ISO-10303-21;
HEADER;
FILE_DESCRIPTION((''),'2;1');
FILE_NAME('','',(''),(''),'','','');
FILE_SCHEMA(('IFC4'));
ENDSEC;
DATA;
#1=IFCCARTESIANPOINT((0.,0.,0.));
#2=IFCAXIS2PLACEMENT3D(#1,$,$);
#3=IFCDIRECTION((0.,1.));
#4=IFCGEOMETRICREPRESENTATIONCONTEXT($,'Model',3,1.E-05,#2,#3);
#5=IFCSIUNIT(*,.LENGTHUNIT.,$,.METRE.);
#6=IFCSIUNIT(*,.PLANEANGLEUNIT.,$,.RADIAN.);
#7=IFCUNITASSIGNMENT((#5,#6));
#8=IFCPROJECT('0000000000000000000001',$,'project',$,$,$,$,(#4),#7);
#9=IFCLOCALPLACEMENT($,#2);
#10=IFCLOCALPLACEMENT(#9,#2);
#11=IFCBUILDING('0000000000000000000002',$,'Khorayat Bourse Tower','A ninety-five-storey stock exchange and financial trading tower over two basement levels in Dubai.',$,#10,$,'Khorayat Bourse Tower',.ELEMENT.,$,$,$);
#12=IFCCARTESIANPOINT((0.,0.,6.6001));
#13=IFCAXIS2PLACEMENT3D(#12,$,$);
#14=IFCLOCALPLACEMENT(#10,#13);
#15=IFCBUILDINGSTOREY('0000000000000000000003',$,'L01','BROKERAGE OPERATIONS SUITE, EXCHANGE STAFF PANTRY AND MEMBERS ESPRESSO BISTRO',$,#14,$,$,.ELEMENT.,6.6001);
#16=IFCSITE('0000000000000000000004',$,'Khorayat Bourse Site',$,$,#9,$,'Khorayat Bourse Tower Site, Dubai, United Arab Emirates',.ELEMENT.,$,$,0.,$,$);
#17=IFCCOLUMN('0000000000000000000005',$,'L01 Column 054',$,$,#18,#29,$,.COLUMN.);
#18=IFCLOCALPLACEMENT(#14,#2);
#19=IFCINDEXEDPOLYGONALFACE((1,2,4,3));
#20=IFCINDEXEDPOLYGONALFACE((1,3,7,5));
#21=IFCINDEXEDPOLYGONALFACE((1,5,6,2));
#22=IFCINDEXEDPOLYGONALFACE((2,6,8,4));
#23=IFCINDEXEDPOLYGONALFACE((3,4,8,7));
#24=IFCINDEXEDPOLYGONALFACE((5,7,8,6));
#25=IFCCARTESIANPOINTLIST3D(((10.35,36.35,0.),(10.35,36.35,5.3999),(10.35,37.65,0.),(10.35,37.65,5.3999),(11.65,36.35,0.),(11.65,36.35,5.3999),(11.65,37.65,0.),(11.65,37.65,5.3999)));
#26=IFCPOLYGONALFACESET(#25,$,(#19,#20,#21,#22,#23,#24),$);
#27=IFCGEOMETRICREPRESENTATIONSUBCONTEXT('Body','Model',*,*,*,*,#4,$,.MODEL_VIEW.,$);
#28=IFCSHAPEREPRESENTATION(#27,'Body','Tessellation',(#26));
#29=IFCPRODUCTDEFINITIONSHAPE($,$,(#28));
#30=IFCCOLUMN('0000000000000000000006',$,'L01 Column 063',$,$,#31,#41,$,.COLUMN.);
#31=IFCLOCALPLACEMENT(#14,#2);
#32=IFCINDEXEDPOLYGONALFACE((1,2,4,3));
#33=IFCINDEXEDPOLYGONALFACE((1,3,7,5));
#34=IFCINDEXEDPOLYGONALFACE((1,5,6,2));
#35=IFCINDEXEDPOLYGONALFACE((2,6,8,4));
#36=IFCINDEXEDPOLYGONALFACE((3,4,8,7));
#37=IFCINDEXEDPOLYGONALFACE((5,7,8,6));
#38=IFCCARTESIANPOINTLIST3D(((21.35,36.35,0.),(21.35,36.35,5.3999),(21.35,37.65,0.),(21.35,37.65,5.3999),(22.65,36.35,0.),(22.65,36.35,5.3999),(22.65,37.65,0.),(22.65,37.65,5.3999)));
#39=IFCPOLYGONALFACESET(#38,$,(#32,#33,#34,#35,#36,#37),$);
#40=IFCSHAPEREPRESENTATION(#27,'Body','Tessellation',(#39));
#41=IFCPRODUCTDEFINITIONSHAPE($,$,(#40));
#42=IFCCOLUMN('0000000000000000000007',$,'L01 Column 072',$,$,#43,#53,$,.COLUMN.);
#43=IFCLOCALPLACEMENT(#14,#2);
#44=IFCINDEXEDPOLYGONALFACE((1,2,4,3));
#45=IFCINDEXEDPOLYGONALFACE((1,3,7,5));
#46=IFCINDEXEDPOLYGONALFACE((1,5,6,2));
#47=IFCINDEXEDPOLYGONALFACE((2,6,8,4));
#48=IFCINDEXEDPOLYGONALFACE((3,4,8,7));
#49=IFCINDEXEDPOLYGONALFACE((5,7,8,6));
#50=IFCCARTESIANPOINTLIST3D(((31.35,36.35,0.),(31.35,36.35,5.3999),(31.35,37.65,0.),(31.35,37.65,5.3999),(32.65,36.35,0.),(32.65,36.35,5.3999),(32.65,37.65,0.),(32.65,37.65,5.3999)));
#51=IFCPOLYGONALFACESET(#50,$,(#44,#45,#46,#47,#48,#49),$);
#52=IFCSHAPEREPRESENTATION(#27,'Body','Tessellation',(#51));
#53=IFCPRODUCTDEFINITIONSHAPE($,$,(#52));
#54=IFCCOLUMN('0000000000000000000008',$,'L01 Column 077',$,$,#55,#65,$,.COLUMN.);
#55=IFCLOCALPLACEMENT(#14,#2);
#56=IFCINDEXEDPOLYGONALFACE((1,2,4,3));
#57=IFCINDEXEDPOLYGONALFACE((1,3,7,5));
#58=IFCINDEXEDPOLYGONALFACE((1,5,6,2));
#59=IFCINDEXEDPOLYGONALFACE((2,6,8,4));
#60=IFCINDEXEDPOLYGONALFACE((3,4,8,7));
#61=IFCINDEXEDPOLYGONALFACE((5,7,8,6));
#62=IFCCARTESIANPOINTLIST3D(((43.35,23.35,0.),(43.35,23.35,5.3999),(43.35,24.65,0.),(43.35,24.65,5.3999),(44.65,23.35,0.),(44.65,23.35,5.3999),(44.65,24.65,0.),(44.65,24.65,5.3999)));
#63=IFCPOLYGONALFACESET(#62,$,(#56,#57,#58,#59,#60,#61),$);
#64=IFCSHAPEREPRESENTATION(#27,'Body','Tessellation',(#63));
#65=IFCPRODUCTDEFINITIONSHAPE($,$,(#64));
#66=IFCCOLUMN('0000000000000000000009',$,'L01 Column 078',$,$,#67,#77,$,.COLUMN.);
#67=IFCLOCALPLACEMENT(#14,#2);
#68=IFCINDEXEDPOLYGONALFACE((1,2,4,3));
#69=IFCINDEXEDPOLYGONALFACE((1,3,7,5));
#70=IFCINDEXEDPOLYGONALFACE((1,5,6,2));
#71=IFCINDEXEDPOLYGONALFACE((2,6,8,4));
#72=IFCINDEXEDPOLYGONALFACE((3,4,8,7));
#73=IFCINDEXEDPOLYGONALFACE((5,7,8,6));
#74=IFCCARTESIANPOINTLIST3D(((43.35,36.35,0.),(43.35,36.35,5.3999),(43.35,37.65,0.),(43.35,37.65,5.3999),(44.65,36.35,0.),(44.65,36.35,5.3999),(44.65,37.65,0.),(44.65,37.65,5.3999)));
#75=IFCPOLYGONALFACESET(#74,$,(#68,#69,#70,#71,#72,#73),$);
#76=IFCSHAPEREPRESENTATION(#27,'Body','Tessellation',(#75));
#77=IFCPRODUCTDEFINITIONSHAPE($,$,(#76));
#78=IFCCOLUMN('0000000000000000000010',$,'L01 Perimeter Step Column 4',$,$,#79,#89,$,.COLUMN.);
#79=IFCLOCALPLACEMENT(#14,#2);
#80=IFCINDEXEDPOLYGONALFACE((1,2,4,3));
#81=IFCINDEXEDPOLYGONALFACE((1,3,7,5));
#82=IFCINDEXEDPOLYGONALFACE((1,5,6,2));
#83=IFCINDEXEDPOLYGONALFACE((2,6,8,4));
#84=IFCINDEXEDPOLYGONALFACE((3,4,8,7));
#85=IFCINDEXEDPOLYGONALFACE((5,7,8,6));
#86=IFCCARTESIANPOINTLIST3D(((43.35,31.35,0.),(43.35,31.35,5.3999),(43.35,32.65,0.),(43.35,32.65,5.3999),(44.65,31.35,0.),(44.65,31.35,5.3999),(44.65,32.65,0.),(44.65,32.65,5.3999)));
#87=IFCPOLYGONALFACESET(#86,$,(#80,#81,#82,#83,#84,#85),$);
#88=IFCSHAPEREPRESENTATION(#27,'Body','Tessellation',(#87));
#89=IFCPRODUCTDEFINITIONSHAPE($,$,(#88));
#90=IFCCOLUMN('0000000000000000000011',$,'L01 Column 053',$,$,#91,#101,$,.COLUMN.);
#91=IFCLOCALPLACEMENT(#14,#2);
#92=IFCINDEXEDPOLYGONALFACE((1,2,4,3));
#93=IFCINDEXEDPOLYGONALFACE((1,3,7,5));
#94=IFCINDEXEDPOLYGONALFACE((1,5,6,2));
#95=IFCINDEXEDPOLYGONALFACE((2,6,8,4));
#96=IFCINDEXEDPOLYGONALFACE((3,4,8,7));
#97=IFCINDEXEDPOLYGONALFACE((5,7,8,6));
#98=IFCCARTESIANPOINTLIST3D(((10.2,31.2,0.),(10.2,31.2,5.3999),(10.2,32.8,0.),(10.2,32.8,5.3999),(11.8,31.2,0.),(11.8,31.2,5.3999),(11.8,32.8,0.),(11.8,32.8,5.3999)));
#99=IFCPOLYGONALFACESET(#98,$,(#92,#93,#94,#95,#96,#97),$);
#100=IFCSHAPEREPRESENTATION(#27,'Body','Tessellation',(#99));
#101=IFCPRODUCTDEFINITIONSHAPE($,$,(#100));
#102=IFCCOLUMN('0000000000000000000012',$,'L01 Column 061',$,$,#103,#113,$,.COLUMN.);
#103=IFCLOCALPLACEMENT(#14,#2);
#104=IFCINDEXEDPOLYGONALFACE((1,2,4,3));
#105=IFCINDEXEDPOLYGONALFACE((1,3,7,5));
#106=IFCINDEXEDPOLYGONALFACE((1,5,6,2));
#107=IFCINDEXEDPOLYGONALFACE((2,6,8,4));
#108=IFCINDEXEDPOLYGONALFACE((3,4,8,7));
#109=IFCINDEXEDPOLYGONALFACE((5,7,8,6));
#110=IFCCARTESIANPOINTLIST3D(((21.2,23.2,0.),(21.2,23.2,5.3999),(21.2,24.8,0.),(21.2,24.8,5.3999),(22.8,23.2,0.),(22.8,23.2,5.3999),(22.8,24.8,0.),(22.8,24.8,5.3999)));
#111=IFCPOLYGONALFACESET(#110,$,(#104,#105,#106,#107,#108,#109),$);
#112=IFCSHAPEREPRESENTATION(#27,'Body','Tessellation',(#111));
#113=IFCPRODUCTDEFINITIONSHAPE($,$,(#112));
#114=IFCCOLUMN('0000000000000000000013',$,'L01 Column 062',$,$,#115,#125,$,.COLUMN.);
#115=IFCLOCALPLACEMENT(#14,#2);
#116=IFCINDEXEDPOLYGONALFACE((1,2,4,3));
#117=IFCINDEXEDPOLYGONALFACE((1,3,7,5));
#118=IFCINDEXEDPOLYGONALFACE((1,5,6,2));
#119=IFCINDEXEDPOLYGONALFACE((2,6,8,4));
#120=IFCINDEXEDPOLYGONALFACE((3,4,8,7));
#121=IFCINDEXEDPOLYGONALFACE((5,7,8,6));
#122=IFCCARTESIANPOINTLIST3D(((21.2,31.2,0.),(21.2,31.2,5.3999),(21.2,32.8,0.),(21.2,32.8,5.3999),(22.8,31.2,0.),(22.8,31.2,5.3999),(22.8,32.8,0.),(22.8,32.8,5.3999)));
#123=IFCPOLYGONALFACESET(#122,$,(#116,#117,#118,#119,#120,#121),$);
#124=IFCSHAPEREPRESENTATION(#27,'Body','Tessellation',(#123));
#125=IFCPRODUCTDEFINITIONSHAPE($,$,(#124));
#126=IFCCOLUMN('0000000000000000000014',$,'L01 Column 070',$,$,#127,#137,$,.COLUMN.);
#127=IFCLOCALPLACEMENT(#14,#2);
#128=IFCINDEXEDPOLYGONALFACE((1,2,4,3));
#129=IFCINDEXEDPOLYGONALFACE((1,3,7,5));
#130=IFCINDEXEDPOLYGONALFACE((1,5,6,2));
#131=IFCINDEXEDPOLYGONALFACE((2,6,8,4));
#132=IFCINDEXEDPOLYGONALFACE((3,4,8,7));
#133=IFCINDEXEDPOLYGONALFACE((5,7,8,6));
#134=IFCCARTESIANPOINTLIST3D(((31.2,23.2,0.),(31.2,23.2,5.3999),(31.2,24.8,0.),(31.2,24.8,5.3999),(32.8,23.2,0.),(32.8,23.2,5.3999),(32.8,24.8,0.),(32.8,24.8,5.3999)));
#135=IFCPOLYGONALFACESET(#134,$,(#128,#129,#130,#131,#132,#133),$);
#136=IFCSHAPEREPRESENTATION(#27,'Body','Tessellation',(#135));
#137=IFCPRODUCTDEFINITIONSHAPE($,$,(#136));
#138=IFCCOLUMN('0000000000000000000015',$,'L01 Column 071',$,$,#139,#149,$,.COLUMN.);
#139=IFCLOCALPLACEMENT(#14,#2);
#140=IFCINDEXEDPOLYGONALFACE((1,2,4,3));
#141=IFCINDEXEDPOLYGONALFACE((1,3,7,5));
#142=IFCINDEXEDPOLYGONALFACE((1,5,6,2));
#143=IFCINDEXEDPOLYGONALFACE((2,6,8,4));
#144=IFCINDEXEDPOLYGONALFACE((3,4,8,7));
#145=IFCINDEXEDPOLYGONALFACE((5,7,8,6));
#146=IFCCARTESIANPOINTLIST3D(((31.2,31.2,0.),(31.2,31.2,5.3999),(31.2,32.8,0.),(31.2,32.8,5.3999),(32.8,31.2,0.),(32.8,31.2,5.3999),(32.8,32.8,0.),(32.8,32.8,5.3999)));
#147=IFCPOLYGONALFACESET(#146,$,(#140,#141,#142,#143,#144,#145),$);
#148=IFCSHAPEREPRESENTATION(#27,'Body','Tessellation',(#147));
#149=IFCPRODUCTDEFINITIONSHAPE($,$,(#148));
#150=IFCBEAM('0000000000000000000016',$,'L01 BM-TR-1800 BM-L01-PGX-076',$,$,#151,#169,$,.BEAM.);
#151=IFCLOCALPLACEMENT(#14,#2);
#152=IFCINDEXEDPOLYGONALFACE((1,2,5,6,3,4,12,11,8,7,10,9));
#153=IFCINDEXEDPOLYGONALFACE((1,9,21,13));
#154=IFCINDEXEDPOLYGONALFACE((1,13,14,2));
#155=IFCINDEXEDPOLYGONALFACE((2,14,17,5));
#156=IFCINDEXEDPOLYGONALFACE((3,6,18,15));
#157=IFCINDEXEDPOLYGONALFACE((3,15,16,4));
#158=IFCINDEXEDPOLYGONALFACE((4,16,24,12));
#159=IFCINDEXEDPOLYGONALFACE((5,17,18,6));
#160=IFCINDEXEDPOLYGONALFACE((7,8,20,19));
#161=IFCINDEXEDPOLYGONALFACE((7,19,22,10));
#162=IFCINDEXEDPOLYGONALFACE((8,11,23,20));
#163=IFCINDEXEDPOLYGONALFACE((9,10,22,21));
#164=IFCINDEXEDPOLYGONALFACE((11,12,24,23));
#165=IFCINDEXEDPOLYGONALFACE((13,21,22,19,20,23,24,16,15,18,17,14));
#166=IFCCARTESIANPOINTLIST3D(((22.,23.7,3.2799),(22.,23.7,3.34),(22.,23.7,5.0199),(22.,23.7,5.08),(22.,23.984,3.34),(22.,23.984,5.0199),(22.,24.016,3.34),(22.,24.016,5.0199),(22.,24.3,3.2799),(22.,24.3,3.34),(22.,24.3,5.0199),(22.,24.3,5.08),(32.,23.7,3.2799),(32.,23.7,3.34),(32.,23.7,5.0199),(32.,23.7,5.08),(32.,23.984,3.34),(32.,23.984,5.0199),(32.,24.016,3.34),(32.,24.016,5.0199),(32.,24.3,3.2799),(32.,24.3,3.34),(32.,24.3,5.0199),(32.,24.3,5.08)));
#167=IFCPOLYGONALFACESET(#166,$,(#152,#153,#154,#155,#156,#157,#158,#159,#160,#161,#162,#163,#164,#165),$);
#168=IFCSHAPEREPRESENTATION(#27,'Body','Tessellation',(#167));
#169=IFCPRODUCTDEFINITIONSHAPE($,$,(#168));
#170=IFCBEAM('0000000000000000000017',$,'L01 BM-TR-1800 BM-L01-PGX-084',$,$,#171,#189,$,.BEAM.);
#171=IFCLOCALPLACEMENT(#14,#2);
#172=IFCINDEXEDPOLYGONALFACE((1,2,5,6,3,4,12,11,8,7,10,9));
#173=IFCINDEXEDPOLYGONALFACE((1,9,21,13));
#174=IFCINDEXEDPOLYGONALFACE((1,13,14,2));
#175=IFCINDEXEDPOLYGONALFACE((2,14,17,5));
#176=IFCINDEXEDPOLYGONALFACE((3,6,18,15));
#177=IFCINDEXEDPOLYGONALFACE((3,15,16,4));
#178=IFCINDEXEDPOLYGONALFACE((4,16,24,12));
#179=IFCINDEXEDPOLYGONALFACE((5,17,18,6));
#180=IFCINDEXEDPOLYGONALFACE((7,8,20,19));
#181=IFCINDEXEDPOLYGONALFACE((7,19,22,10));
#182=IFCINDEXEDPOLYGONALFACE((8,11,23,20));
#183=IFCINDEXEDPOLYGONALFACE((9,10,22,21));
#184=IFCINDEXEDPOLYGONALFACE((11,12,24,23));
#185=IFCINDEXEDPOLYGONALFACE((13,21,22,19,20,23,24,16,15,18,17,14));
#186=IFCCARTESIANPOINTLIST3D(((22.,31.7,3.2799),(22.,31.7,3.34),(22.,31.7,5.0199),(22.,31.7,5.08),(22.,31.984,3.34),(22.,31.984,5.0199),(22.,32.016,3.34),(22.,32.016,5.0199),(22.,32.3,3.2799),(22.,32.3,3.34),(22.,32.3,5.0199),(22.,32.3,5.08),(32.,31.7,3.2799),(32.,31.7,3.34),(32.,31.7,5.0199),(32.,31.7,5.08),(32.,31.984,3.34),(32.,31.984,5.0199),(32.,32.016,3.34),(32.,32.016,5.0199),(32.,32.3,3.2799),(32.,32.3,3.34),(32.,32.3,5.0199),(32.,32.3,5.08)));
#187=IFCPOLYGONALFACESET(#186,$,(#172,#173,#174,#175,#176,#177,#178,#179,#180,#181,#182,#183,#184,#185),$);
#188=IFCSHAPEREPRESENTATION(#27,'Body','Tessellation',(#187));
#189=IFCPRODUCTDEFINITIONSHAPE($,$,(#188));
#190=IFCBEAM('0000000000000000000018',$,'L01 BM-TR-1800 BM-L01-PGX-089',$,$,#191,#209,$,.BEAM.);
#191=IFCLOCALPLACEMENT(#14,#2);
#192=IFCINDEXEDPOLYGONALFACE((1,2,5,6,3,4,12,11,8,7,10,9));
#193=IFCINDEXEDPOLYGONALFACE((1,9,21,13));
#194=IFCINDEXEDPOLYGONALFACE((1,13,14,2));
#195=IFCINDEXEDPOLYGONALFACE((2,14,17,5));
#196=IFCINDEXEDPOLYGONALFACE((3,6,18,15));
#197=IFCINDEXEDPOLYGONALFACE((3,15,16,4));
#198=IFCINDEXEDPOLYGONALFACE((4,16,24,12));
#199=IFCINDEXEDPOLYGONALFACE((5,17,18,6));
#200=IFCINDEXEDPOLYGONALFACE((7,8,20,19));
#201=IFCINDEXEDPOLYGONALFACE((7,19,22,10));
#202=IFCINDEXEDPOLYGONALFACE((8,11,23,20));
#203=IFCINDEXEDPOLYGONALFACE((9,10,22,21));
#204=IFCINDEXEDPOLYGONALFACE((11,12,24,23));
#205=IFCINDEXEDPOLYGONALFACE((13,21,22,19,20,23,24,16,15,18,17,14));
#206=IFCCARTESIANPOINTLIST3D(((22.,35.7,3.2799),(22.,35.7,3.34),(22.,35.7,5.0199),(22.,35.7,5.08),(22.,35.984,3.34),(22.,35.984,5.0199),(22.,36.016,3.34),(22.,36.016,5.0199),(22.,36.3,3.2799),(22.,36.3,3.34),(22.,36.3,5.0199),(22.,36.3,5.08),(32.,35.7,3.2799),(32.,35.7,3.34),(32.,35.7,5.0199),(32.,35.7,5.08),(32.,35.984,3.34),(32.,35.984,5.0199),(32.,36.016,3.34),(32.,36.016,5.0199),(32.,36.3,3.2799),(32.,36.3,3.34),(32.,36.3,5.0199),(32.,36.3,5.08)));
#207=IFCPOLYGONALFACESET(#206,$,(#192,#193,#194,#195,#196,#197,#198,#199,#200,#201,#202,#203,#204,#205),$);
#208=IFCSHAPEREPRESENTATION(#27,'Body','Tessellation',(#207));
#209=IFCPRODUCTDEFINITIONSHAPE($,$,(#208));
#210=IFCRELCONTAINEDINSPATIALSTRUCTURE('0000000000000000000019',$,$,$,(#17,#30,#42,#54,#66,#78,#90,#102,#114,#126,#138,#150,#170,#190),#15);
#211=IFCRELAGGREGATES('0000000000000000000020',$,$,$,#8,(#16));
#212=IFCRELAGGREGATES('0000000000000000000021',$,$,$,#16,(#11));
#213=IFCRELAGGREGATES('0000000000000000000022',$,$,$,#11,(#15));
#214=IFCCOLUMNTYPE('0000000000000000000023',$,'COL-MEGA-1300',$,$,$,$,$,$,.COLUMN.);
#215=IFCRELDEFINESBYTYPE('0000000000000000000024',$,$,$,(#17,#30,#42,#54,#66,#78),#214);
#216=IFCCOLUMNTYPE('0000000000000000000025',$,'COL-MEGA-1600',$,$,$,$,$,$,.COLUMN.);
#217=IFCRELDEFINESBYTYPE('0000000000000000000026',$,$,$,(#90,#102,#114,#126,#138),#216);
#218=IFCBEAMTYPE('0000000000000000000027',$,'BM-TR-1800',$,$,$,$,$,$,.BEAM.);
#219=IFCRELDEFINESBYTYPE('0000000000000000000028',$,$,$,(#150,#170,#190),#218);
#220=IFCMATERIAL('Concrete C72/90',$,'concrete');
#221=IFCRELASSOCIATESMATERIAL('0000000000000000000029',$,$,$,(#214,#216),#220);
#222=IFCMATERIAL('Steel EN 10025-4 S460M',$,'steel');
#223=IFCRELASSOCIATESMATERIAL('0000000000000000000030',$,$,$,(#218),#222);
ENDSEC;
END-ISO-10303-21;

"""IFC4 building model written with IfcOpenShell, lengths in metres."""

from ifc_helpers import new_model, si_unit, direction, frame, origin, origin_2d, place, context, subcontext, project, spatial, rectangle, i_section, extrude, source, transform, mapped, material, material_profile, profile_set, type_object, element, save


model = new_model("IFC4")

# Units and contexts
model_context = context("Model", 3, precision=1e-05, world=origin(), true_north=direction((0.0, 1.0)))
body_context = subcontext(model_context, "Body", "Model", "MODEL_VIEW")
ifc_project = project(units=[si_unit("LENGTHUNIT", "METRE"), si_unit("PLANEANGLEUNIT", "RADIAN")], contexts=[model_context])

# Site, building, storey
site_placement = place(None, origin())
site = spatial("IfcSite", under=ifc_project, at=site_placement, Name="Khorayat Bourse Site", LongName="Khorayat Bourse Tower Site, Dubai, United Arab Emirates", CompositionType="ELEMENT", RefElevation=0.0)
building_placement = place(site_placement, origin())
building = spatial("IfcBuilding", under=site, at=building_placement, Name="Khorayat Bourse Tower", Description="A ninety-five-storey stock exchange and financial trading tower over two basement levels in Dubai.", LongName="Khorayat Bourse Tower", CompositionType="ELEMENT")
storey_placement = place(building_placement, frame((0.0, 0.0, 6.6001)))
storey = spatial("IfcBuildingStorey", under=building, at=storey_placement, Name="L01", Description="BROKERAGE OPERATIONS SUITE, EXCHANGE STAFF PANTRY AND MEMBERS ESPRESSO BISTRO", CompositionType="ELEMENT", Elevation=6.6001)

# Columns
ifc_material_1 = material(Name="Concrete C72/90", Category="concrete")
ifc_material_profile_1 = material_profile(ifc_material_1, rectangle(XDim=1.3, YDim=1.3, at=origin_2d()), Name="RC 1300x1300")
ifc_profile_set_1 = profile_set([ifc_material_profile_1], Name="Concrete C72/90")
column_type_1 = type_object("IfcColumnType", Name="COL-MEGA-1300", PredefinedType="COLUMN", material=ifc_profile_set_1)
shared_shape_1 = source(origin(), body_context, "Body", "SweptSolid", [
    extrude(rectangle(XDim=1.3, YDim=1.3, at=origin_2d()), origin(), (0.0, 0.0, 1.0), 5.3999),
])
for number, where, z_axis, x_axis, name in (
    (1, (11.0, 37.0, 0.0), (0.0, 0.0, 1.0), (1.0, 0.0, 0.0), "L01 Column 054"),
    (2, (22.0, 37.0, 0.0), (0.0, 0.0, 1.0), (1.0, 0.0, 0.0), "L01 Column 063"),
    (3, (32.0, 37.0, 0.0), (0.0, 0.0, 1.0), (1.0, 0.0, 0.0), "L01 Column 072"),
    (4, (44.0, 24.0, 0.0), (0.0, 0.0, 1.0), (1.0, 0.0, 0.0), "L01 Column 077"),
    (5, (44.0, 37.0, 0.0), (0.0, 0.0, 1.0), (1.0, 0.0, 0.0), "L01 Column 078"),
    (6, (44.0, 32.0, 0.0), (0.0, 0.0, 1.0), (1.0, 0.0, 0.0), "L01 Perimeter Step Column 4"),
):
    element("IfcColumn", number, at=place(storey_placement, frame(where, z_axis=z_axis, x_axis=x_axis)), inside=storey, type_object=column_type_1, Name=name, PredefinedType="COLUMN", context=body_context, shape_type="MappedRepresentation", body=[
        mapped(shared_shape_1, transform((0.0, 0.0, 0.0), scale=1.0)),
    ])
ifc_material_profile_2 = material_profile(ifc_material_1, rectangle(XDim=1.6001, YDim=1.6001, at=origin_2d()), Name="RC 1600x1600")
ifc_profile_set_2 = profile_set([ifc_material_profile_2], Name="Concrete C72/90")
column_type_2 = type_object("IfcColumnType", Name="COL-MEGA-1600", PredefinedType="COLUMN", material=ifc_profile_set_2)
shared_shape_2 = source(origin(), body_context, "Body", "SweptSolid", [
    extrude(rectangle(XDim=1.6001, YDim=1.6001, at=origin_2d()), origin(), (0.0, 0.0, 1.0), 5.3999),
])
for number, where, z_axis, x_axis, name in (
    (7, (11.0, 32.0, 0.0), (0.0, 0.0, 1.0), (1.0, 0.0, 0.0), "L01 Column 053"),
    (8, (22.0, 24.0, 0.0), (0.0, 0.0, 1.0), (1.0, 0.0, 0.0), "L01 Column 061"),
    (9, (22.0, 32.0, 0.0), (0.0, 0.0, 1.0), (1.0, 0.0, 0.0), "L01 Column 062"),
    (10, (32.0, 24.0, 0.0), (0.0, 0.0, 1.0), (1.0, 0.0, 0.0), "L01 Column 070"),
    (11, (32.0, 32.0, 0.0), (0.0, 0.0, 1.0), (1.0, 0.0, 0.0), "L01 Column 071"),
):
    element("IfcColumn", number, at=place(storey_placement, frame(where, z_axis=z_axis, x_axis=x_axis)), inside=storey, type_object=column_type_2, Name=name, PredefinedType="COLUMN", context=body_context, shape_type="MappedRepresentation", body=[
        mapped(shared_shape_2, transform((0.0, 0.0, 0.0), scale=1.0)),
    ])

# Beams
ifc_material_2 = material(Name="Steel EN 10025-4 S460M", Category="steel")
ifc_material_profile_3 = material_profile(ifc_material_2, i_section(OverallWidth=0.6001, OverallDepth=1.8, WebThickness=0.032, FlangeThickness=0.0601, at=origin_2d()), Name="PG 1800x600x32x60")
ifc_profile_set_3 = profile_set([ifc_material_profile_3], Name="Steel EN 10025-4 S460M")
beam_type_1 = type_object("IfcBeamType", Name="BM-TR-1800", PredefinedType="BEAM", material=ifc_profile_set_3)
shared_shape_3 = source(origin(), body_context, "Body", "SweptSolid", [
    extrude(i_section(OverallWidth=0.6001, OverallDepth=1.8, WebThickness=0.032, FlangeThickness=0.0601, at=origin_2d()), origin(), (0.0, 0.0, 1.0), 10.0),
])
for number, where, z_axis, x_axis, name in (
    (12, (22.0, 24.0, 4.1799), (1.0, 0.0, 0.0), (0.0, 1.0, 0.0), "L01 BM-TR-1800 BM-L01-PGX-076"),
    (13, (22.0, 32.0, 4.1799), (1.0, 0.0, 0.0), (0.0, 1.0, 0.0), "L01 BM-TR-1800 BM-L01-PGX-084"),
    (14, (22.0, 36.0, 4.1799), (1.0, 0.0, 0.0), (0.0, 1.0, 0.0), "L01 BM-TR-1800 BM-L01-PGX-089"),
):
    element("IfcBeam", number, at=place(storey_placement, frame(where, z_axis=z_axis, x_axis=x_axis)), inside=storey, type_object=beam_type_1, Name=name, PredefinedType="BEAM", context=body_context, shape_type="MappedRepresentation", body=[
        mapped(shared_shape_3, transform((0.0, 0.0, 0.0), scale=1.0)),
    ])

save(model, "model.ifc")
